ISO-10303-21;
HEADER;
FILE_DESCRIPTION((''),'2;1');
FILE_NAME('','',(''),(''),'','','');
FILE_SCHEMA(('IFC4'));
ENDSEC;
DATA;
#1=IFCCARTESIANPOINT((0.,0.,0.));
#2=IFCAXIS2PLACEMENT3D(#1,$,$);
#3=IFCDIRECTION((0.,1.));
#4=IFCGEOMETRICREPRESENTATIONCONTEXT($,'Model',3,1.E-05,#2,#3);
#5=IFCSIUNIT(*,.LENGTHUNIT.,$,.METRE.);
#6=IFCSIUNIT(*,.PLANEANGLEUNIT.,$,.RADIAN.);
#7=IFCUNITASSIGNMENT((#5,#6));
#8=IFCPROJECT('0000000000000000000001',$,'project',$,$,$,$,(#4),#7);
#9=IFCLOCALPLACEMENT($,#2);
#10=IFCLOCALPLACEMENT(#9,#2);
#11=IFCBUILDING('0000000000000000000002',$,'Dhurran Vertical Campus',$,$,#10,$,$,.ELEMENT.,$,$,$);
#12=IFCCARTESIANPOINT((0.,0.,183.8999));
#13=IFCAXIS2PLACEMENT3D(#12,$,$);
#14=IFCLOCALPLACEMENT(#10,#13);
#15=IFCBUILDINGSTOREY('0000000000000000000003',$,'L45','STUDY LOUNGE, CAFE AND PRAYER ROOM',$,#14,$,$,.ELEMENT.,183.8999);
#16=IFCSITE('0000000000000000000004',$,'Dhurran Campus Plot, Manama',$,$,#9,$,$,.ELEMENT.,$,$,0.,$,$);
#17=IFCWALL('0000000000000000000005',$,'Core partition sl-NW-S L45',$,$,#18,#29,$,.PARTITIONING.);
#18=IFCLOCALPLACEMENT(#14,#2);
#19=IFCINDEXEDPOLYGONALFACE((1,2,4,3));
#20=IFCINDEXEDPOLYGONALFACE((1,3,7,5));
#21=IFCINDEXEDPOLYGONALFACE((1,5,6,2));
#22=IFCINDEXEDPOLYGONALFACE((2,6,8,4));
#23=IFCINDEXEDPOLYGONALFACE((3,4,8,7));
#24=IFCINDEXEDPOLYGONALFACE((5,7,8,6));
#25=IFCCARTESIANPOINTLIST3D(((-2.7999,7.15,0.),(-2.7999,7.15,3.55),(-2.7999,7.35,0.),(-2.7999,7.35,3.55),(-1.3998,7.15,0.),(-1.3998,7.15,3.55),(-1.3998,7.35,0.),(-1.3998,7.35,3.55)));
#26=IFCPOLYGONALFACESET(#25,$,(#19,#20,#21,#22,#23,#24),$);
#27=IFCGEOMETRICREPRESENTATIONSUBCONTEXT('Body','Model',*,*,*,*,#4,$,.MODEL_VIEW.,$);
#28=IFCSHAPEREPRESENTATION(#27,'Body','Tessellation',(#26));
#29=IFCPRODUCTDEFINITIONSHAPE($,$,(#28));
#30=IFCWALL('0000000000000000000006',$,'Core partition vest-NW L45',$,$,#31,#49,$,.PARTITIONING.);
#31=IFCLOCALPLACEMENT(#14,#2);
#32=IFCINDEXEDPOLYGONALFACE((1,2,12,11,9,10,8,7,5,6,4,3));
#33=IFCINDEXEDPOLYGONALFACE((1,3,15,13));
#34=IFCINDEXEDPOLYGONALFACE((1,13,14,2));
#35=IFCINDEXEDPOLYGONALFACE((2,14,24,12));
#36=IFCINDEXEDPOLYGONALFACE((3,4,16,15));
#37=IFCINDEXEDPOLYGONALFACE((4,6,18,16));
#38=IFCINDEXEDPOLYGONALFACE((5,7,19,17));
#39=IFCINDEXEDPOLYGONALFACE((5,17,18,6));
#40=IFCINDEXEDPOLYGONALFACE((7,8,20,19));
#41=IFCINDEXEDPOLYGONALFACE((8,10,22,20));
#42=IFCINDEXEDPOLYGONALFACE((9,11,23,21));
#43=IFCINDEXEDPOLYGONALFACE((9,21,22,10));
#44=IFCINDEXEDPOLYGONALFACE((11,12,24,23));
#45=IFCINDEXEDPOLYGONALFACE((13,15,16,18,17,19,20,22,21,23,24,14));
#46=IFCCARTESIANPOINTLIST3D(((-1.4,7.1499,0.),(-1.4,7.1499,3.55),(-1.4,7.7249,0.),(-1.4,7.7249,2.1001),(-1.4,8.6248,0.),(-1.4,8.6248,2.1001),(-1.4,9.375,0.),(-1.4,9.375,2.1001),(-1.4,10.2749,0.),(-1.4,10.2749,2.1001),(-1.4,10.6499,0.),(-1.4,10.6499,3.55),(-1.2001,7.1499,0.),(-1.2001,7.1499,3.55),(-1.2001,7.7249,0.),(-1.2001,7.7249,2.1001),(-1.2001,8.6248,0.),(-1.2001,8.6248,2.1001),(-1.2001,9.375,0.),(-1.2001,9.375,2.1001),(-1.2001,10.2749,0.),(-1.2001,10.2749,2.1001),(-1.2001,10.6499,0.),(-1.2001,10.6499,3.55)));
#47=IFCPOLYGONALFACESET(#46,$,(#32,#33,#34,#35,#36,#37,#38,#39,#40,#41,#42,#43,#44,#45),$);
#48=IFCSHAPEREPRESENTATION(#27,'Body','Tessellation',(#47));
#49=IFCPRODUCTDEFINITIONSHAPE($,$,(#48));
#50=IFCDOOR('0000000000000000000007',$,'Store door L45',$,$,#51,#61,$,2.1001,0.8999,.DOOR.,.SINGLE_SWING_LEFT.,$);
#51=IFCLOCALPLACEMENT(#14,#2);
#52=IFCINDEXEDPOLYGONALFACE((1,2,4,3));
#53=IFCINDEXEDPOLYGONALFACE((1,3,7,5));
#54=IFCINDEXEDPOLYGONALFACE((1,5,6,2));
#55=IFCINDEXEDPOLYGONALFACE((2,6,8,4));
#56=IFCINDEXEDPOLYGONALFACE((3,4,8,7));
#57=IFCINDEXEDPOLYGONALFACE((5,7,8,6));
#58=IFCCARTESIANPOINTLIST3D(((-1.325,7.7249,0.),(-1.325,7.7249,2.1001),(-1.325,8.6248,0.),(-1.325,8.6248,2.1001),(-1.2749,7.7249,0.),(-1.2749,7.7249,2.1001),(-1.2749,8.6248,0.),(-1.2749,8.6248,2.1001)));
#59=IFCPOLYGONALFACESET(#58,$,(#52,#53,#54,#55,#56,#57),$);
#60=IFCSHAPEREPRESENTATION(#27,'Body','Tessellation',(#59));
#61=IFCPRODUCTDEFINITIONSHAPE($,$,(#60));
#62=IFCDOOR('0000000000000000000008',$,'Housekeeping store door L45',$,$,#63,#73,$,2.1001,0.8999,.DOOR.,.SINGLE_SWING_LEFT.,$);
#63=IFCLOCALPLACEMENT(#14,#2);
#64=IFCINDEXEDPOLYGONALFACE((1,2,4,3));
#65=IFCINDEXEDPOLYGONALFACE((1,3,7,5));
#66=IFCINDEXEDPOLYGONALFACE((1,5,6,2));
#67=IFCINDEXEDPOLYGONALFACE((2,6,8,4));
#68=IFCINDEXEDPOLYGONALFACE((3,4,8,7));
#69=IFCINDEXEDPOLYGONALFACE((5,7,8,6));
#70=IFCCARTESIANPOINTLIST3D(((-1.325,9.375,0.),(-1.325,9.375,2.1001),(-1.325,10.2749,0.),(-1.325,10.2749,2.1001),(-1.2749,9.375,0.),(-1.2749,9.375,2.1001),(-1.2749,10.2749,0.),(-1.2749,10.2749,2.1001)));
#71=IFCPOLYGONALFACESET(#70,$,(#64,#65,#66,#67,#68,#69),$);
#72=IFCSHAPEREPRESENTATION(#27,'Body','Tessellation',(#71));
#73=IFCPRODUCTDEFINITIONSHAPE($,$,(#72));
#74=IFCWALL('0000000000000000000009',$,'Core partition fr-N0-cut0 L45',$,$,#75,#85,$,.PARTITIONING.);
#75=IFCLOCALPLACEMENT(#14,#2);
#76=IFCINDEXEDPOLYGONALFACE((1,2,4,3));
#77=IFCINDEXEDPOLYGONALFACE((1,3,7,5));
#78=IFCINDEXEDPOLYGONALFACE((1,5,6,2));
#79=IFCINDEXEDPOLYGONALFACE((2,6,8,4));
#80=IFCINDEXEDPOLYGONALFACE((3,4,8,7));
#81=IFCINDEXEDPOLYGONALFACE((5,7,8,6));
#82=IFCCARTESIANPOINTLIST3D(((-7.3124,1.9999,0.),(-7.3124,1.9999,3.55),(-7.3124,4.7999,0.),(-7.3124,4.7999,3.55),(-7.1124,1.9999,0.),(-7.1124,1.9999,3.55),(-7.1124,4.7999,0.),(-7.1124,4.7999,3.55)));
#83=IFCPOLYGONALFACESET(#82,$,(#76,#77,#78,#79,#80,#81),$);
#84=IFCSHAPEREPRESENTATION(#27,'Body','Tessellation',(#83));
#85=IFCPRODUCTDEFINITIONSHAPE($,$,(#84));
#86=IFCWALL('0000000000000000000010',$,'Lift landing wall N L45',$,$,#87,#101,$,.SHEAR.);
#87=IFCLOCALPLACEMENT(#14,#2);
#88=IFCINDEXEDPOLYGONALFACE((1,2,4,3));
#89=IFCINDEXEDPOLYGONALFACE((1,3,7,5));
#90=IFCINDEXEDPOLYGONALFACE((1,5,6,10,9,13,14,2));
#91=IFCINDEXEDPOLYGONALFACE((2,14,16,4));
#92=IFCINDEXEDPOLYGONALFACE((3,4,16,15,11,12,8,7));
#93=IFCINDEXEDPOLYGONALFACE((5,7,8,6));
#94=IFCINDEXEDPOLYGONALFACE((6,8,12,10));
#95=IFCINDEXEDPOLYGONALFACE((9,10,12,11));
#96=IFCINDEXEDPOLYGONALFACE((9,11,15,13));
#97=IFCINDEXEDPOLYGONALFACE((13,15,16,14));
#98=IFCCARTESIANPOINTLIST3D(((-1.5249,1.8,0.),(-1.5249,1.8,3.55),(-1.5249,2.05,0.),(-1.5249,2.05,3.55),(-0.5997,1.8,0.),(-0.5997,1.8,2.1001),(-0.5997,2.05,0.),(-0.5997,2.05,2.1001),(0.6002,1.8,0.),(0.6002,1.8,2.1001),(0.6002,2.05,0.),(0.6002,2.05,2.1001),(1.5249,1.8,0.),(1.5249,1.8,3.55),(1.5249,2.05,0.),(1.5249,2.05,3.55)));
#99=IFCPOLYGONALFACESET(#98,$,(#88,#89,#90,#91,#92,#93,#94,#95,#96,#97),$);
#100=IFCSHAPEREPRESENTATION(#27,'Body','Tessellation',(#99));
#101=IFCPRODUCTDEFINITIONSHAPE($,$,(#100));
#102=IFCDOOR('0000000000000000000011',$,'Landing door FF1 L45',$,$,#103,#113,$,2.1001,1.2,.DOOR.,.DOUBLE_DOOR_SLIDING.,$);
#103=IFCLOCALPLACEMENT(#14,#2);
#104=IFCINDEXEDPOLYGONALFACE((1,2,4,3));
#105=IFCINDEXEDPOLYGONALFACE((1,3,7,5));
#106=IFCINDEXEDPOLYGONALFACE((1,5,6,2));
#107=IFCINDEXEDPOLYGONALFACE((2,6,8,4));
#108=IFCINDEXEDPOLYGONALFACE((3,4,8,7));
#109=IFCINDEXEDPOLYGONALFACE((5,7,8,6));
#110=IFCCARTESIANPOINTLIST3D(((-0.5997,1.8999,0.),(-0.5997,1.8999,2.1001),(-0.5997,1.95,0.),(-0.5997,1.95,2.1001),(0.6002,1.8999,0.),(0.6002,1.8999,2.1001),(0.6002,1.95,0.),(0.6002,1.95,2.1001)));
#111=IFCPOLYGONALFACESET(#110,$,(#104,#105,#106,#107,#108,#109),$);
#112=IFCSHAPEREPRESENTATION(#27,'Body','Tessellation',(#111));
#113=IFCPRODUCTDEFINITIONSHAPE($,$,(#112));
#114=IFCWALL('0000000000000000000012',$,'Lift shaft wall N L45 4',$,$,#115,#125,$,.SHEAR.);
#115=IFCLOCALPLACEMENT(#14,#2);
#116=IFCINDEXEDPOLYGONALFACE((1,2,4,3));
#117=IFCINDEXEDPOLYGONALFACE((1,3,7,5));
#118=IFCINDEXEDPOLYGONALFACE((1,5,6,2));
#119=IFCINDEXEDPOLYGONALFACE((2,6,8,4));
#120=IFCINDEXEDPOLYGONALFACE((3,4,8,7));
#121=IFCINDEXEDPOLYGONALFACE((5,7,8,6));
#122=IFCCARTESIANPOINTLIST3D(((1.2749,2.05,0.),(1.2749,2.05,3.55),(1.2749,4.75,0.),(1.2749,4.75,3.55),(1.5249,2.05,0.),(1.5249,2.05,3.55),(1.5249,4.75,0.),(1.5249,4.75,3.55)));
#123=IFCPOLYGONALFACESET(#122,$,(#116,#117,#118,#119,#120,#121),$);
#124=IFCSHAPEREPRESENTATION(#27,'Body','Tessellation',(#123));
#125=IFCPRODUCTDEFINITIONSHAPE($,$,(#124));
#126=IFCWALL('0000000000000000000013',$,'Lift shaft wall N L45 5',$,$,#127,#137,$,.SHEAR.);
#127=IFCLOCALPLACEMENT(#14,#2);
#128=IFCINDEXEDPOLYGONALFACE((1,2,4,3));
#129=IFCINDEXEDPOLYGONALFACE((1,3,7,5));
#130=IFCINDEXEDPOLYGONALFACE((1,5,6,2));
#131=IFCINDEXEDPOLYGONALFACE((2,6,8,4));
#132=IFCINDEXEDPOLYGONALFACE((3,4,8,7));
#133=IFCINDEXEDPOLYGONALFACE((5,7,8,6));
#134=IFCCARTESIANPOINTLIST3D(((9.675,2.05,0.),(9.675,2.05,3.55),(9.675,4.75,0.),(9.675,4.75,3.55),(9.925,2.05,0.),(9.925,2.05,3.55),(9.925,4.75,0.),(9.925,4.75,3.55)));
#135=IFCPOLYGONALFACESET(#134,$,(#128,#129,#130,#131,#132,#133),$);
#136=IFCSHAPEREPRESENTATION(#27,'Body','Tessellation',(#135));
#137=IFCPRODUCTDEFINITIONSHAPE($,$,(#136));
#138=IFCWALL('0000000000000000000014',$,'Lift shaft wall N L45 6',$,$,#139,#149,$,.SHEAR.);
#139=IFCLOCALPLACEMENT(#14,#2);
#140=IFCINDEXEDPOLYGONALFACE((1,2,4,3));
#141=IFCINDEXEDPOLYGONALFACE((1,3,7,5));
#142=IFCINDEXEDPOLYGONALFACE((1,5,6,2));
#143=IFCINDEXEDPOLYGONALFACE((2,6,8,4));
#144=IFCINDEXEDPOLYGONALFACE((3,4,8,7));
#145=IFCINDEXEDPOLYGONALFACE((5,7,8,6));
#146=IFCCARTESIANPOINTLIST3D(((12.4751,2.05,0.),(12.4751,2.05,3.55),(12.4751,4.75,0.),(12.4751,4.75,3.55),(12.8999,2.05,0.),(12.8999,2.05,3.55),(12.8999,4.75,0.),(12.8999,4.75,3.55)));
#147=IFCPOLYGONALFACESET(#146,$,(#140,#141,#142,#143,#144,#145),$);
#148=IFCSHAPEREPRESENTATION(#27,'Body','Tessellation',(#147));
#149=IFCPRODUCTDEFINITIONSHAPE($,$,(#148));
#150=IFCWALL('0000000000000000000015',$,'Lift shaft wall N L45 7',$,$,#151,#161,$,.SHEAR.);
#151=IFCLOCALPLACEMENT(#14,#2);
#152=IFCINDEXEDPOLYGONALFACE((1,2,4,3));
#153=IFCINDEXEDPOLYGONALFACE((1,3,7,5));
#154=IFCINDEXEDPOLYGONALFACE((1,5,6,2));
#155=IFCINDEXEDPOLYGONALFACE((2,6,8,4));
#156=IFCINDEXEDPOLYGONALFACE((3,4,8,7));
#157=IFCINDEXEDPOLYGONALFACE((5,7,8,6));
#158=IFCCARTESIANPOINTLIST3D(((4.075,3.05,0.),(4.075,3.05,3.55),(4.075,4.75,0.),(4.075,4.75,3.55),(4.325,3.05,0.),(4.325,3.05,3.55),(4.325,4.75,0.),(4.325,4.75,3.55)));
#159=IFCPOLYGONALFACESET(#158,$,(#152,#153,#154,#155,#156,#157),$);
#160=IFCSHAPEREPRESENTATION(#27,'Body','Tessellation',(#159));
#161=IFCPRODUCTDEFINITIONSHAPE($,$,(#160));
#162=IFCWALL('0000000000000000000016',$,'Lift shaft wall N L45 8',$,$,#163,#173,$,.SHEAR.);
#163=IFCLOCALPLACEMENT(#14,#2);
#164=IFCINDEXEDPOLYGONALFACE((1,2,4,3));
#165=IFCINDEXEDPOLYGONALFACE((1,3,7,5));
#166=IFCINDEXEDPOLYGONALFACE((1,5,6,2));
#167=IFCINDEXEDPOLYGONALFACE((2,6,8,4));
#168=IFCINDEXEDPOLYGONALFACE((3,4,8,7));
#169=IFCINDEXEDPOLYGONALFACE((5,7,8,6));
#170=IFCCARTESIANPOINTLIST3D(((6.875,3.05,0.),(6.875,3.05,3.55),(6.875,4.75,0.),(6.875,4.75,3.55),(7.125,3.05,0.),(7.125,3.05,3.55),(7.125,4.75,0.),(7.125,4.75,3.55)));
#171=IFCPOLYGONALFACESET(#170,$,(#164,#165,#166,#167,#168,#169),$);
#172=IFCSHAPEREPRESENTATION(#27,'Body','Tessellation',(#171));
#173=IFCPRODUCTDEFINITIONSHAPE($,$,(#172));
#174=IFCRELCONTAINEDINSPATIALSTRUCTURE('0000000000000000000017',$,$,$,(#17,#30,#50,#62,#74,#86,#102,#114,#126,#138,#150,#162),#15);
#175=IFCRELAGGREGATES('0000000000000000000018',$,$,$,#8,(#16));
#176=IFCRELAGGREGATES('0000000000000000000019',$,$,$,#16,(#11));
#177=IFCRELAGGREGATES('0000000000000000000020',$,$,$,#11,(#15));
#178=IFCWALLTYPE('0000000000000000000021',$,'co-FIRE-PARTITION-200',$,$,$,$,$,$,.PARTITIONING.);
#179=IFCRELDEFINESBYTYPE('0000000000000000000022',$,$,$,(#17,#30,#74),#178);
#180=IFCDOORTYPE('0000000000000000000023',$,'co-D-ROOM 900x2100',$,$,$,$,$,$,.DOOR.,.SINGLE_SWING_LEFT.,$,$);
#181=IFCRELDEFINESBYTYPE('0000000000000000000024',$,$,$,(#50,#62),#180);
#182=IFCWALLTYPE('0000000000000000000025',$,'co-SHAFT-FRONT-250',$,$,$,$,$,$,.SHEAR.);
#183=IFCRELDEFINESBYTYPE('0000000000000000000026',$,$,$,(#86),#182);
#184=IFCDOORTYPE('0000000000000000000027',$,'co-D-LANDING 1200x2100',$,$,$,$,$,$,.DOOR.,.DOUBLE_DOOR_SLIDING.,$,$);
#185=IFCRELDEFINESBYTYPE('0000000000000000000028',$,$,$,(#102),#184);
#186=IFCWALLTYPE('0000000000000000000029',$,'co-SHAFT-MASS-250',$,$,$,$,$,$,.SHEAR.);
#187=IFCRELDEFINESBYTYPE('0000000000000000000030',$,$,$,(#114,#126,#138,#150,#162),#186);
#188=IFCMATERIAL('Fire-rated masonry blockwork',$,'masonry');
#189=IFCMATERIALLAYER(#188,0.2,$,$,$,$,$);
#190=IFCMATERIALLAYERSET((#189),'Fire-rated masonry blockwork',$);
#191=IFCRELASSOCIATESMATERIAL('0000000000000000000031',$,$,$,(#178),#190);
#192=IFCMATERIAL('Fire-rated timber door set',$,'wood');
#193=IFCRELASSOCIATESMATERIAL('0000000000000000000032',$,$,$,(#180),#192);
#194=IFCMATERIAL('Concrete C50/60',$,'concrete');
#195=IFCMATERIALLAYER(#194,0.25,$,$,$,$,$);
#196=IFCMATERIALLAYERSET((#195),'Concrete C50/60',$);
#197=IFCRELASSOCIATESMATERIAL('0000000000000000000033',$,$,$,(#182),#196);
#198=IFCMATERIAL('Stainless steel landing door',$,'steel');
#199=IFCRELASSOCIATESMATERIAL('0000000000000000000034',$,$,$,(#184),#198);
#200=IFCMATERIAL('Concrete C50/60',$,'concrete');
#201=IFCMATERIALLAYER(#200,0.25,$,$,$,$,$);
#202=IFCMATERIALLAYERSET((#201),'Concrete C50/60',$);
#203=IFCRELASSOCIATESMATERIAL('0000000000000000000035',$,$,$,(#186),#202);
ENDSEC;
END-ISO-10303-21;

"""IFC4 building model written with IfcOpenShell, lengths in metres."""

from ifc_helpers import new_model, si_unit, direction, frame, frame_2d, origin, place, context, subcontext, project, spatial, polyline, rectangle, outline, extrude, material, layer, layer_set, type_object, element, fill, save


model = new_model("IFC4")

# Units and contexts
model_context = context("Model", 3, precision=1e-05, world=origin(), true_north=direction((0.0, 1.0)))
body_context = subcontext(model_context, "Body", "Model", "MODEL_VIEW")
ifc_project = project(units=[si_unit("LENGTHUNIT", "METRE"), si_unit("PLANEANGLEUNIT", "RADIAN")], contexts=[model_context])

# Site, building, storey
site_placement = place(None, origin())
site = spatial("IfcSite", under=ifc_project, at=site_placement, Name="Dhurran Campus Plot, Manama", CompositionType="ELEMENT", RefElevation=0.0)
building_placement = place(site_placement, origin())
building = spatial("IfcBuilding", under=site, at=building_placement, Name="Dhurran Vertical Campus", CompositionType="ELEMENT")
storey_placement = place(building_placement, frame((0.0, 0.0, 183.8999)))
storey = spatial("IfcBuildingStorey", under=building, at=storey_placement, Name="L45", Description="STUDY LOUNGE, CAFE AND PRAYER ROOM", CompositionType="ELEMENT", Elevation=183.8999)

# Wall
ifc_material_1 = material(Name="Fire-rated masonry blockwork", Category="masonry")
ifc_layer_1 = layer(ifc_material_1, 0.2)
ifc_layer_set_1 = layer_set([ifc_layer_1], Name="Fire-rated masonry blockwork")
wall_type_1 = type_object("IfcWallType", Name="co-FIRE-PARTITION-200", PredefinedType="PARTITIONING", material=ifc_layer_set_1)
wall_1_placement = place(storey_placement, frame((-2.8, 7.25, 0.0), z_axis=(0.0, 0.0, 1.0), x_axis=(1.0, 0.0, 0.0)))
element("IfcWall", 1, at=wall_1_placement, inside=storey, type_object=wall_type_1, Name="Core partition sl-NW-S L45", PredefinedType="PARTITIONING", context=body_context, shape_type="SweptSolid", body=[
    extrude(rectangle(XDim=1.4001, YDim=0.2, at=frame_2d((0.7002, 0.0))), origin(), (0.0, 0.0, 1.0), 3.55),
])

# Wall, openings, doors
wall_2_placement = place(storey_placement, frame((-1.3, 7.1499, 0.0), z_axis=(0.0, 0.0, 1.0), x_axis=(0.0, 1.0, 0.0)))
wall_2 = element("IfcWall", 2, at=wall_2_placement, inside=storey, type_object=wall_type_1, Name="Core partition vest-NW L45", PredefinedType="PARTITIONING", context=body_context, shape_type="SweptSolid", body=[
    extrude(rectangle(XDim=3.5, YDim=0.2, at=frame_2d((1.75, 0.0))), origin(), (0.0, 0.0, 1.0), 3.55),
])
opening_1_placement = place(wall_2_placement, frame((0.575, 0.0, 0.0)))
opening_1 = element("IfcOpeningElement", 3, at=opening_1_placement, cuts=wall_2, PredefinedType="OPENING", context=body_context, shape_type="SweptSolid", body=[
    extrude(rectangle(XDim=0.8999, YDim=2.1001, at=frame_2d((0.45, 1.05))), frame((0.0, 0.1099, 0.0), z_axis=(0.0, -1.0, 0.0), x_axis=(1.0, 0.0, 0.0)), (0.0, 0.0, 1.0), 0.22),
])
opening_2_placement = place(wall_2_placement, frame((2.2251, 0.0, 0.0)))
opening_2 = element("IfcOpeningElement", 4, at=opening_2_placement, cuts=wall_2, PredefinedType="OPENING", context=body_context, shape_type="SweptSolid", body=[
    extrude(rectangle(XDim=0.8999, YDim=2.1001, at=frame_2d((0.45, 1.05))), frame((0.0, 0.1099, 0.0), z_axis=(0.0, -1.0, 0.0), x_axis=(1.0, 0.0, 0.0)), (0.0, 0.0, 1.0), 0.22),
])
ifc_material_2 = material(Name="Fire-rated timber door set", Category="wood")
door_type_1 = type_object("IfcDoorType", Name="co-D-ROOM 900x2100", OperationType="SINGLE_SWING_LEFT", PredefinedType="DOOR", material=ifc_material_2)
door_1_placement = place(opening_1_placement, origin())
door_1 = element("IfcDoor", 5, at=door_1_placement, inside=storey, type_object=door_type_1, Name="Store door L45", OperationType="SINGLE_SWING_LEFT", OverallHeight=2.1001, OverallWidth=0.8999, PredefinedType="DOOR", context=body_context, shape_type="SweptSolid", body=[
    extrude(rectangle(XDim=0.8999, YDim=2.1001, at=frame_2d((0.45, 1.05))), frame((0.0, 0.0249, 0.0), z_axis=(0.0, -1.0, 0.0), x_axis=(1.0, 0.0, 0.0)), (0.0, 0.0, 1.0), 0.05),
])
fill(opening_1, door_1)
door_2_placement = place(opening_2_placement, origin())
door_2 = element("IfcDoor", 6, at=door_2_placement, inside=storey, type_object=door_type_1, Name="Housekeeping store door L45", OperationType="SINGLE_SWING_LEFT", OverallHeight=2.1001, OverallWidth=0.8999, PredefinedType="DOOR", context=body_context, shape_type="SweptSolid", body=[
    extrude(rectangle(XDim=0.8999, YDim=2.1001, at=frame_2d((0.45, 1.05))), frame((0.0, 0.0249, 0.0), z_axis=(0.0, -1.0, 0.0), x_axis=(1.0, 0.0, 0.0)), (0.0, 0.0, 1.0), 0.05),
])
fill(opening_2, door_2)

# Wall
wall_3_placement = place(storey_placement, frame((-7.2124, 2.0, 0.0), z_axis=(0.0, 0.0, 1.0), x_axis=(0.0, 1.0, 0.0)))
element("IfcWall", 7, at=wall_3_placement, inside=storey, type_object=wall_type_1, Name="Core partition fr-N0-cut0 L45", PredefinedType="PARTITIONING", context=body_context, shape_type="SweptSolid", body=[
    extrude(rectangle(XDim=2.8, YDim=0.2, at=frame_2d((1.3999, 0.0))), origin(), (0.0, 0.0, 1.0), 3.55),
])

# Wall, opening, door
ifc_material_3 = material(Name="Concrete C50/60", Category="concrete")
ifc_layer_2 = layer(ifc_material_3, 0.25)
ifc_layer_set_2 = layer_set([ifc_layer_2], Name="Concrete C50/60")
wall_type_2 = type_object("IfcWallType", Name="co-SHAFT-FRONT-250", PredefinedType="SHEAR", material=ifc_layer_set_2)
wall_4_placement = place(storey_placement, frame((-1.5249, 1.925, 0.0), z_axis=(0.0, 0.0, 1.0), x_axis=(1.0, 0.0, 0.0)))
wall_4 = element("IfcWall", 8, at=wall_4_placement, inside=storey, type_object=wall_type_2, Name="Lift landing wall N L45", PredefinedType="SHEAR", context=body_context, shape_type="SweptSolid", body=[
    extrude(rectangle(XDim=3.0498, YDim=0.25, at=frame_2d((1.5249, 0.0))), origin(), (0.0, 0.0, 1.0), 3.55),
])
opening_3_placement = place(wall_4_placement, frame((0.925, 0.0, 0.0)))
opening_3 = element("IfcOpeningElement", 9, at=opening_3_placement, cuts=wall_4, PredefinedType="OPENING", context=body_context, shape_type="SweptSolid", body=[
    extrude(rectangle(XDim=1.2, YDim=2.1001, at=frame_2d((0.6001, 1.05))), frame((0.0, 0.135, 0.0), z_axis=(0.0, -1.0, 0.0), x_axis=(1.0, 0.0, 0.0)), (0.0, 0.0, 1.0), 0.27),
])
ifc_material_4 = material(Name="Stainless steel landing door", Category="steel")
door_type_2 = type_object("IfcDoorType", Name="co-D-LANDING 1200x2100", OperationType="DOUBLE_DOOR_SLIDING", PredefinedType="DOOR", material=ifc_material_4)
door_3_placement = place(opening_3_placement, origin())
door_3 = element("IfcDoor", 10, at=door_3_placement, inside=storey, type_object=door_type_2, Name="Landing door FF1 L45", OperationType="DOUBLE_DOOR_SLIDING", OverallHeight=2.1001, OverallWidth=1.2, PredefinedType="DOOR", context=body_context, shape_type="SweptSolid", body=[
    extrude(rectangle(XDim=1.2, YDim=2.1001, at=frame_2d((0.6001, 1.05))), frame((0.0, 0.0249, 0.0), z_axis=(0.0, -1.0, 0.0), x_axis=(1.0, 0.0, 0.0)), (0.0, 0.0, 1.0), 0.05),
])
fill(opening_3, door_3)

# Walls
ifc_material_5 = material(Name="Concrete C50/60", Category="concrete")
ifc_layer_3 = layer(ifc_material_5, 0.25)
ifc_layer_set_3 = layer_set([ifc_layer_3], Name="Concrete C50/60")
wall_type_3 = type_object("IfcWallType", Name="co-SHAFT-MASS-250", PredefinedType="SHEAR", material=ifc_layer_set_3)
wall_5_placement = place(storey_placement, origin())
element("IfcWall", 11, at=wall_5_placement, inside=storey, type_object=wall_type_3, Name="Lift shaft wall N L45 4", PredefinedType="SHEAR", context=body_context, shape_type="SweptSolid", body=[
    extrude(outline(polyline([(1.2749, 2.05), (1.5249, 2.05), (1.5249, 4.75), (1.2749, 4.75), (1.2749, 2.05)])), origin(), (0.0, 0.0, 1.0), 3.55),
])
wall_6_placement = place(storey_placement, origin())
element("IfcWall", 12, at=wall_6_placement, inside=storey, type_object=wall_type_3, Name="Lift shaft wall N L45 5", PredefinedType="SHEAR", context=body_context, shape_type="SweptSolid", body=[
    extrude(outline(polyline([(9.675, 2.05), (9.925, 2.05), (9.925, 4.75), (9.675, 4.75), (9.675, 2.05)])), origin(), (0.0, 0.0, 1.0), 3.55),
])
wall_7_placement = place(storey_placement, origin())
element("IfcWall", 13, at=wall_7_placement, inside=storey, type_object=wall_type_3, Name="Lift shaft wall N L45 6", PredefinedType="SHEAR", context=body_context, shape_type="SweptSolid", body=[
    extrude(outline(polyline([(12.4751, 2.05), (12.8999, 2.05), (12.8999, 4.75), (12.4751, 4.75), (12.4751, 2.05)])), origin(), (0.0, 0.0, 1.0), 3.55),
])
wall_8_placement = place(storey_placement, origin())
element("IfcWall", 14, at=wall_8_placement, inside=storey, type_object=wall_type_3, Name="Lift shaft wall N L45 7", PredefinedType="SHEAR", context=body_context, shape_type="SweptSolid", body=[
    extrude(outline(polyline([(4.075, 3.05), (4.325, 3.05), (4.325, 4.75), (4.075, 4.75), (4.075, 3.05)])), origin(), (0.0, 0.0, 1.0), 3.55),
])
wall_9_placement = place(storey_placement, origin())
element("IfcWall", 15, at=wall_9_placement, inside=storey, type_object=wall_type_3, Name="Lift shaft wall N L45 8", PredefinedType="SHEAR", context=body_context, shape_type="SweptSolid", body=[
    extrude(outline(polyline([(6.875, 3.05), (7.125, 3.05), (7.125, 4.75), (6.875, 4.75), (6.875, 3.05)])), origin(), (0.0, 0.0, 1.0), 3.55),
])

save(model, "model.ifc")
